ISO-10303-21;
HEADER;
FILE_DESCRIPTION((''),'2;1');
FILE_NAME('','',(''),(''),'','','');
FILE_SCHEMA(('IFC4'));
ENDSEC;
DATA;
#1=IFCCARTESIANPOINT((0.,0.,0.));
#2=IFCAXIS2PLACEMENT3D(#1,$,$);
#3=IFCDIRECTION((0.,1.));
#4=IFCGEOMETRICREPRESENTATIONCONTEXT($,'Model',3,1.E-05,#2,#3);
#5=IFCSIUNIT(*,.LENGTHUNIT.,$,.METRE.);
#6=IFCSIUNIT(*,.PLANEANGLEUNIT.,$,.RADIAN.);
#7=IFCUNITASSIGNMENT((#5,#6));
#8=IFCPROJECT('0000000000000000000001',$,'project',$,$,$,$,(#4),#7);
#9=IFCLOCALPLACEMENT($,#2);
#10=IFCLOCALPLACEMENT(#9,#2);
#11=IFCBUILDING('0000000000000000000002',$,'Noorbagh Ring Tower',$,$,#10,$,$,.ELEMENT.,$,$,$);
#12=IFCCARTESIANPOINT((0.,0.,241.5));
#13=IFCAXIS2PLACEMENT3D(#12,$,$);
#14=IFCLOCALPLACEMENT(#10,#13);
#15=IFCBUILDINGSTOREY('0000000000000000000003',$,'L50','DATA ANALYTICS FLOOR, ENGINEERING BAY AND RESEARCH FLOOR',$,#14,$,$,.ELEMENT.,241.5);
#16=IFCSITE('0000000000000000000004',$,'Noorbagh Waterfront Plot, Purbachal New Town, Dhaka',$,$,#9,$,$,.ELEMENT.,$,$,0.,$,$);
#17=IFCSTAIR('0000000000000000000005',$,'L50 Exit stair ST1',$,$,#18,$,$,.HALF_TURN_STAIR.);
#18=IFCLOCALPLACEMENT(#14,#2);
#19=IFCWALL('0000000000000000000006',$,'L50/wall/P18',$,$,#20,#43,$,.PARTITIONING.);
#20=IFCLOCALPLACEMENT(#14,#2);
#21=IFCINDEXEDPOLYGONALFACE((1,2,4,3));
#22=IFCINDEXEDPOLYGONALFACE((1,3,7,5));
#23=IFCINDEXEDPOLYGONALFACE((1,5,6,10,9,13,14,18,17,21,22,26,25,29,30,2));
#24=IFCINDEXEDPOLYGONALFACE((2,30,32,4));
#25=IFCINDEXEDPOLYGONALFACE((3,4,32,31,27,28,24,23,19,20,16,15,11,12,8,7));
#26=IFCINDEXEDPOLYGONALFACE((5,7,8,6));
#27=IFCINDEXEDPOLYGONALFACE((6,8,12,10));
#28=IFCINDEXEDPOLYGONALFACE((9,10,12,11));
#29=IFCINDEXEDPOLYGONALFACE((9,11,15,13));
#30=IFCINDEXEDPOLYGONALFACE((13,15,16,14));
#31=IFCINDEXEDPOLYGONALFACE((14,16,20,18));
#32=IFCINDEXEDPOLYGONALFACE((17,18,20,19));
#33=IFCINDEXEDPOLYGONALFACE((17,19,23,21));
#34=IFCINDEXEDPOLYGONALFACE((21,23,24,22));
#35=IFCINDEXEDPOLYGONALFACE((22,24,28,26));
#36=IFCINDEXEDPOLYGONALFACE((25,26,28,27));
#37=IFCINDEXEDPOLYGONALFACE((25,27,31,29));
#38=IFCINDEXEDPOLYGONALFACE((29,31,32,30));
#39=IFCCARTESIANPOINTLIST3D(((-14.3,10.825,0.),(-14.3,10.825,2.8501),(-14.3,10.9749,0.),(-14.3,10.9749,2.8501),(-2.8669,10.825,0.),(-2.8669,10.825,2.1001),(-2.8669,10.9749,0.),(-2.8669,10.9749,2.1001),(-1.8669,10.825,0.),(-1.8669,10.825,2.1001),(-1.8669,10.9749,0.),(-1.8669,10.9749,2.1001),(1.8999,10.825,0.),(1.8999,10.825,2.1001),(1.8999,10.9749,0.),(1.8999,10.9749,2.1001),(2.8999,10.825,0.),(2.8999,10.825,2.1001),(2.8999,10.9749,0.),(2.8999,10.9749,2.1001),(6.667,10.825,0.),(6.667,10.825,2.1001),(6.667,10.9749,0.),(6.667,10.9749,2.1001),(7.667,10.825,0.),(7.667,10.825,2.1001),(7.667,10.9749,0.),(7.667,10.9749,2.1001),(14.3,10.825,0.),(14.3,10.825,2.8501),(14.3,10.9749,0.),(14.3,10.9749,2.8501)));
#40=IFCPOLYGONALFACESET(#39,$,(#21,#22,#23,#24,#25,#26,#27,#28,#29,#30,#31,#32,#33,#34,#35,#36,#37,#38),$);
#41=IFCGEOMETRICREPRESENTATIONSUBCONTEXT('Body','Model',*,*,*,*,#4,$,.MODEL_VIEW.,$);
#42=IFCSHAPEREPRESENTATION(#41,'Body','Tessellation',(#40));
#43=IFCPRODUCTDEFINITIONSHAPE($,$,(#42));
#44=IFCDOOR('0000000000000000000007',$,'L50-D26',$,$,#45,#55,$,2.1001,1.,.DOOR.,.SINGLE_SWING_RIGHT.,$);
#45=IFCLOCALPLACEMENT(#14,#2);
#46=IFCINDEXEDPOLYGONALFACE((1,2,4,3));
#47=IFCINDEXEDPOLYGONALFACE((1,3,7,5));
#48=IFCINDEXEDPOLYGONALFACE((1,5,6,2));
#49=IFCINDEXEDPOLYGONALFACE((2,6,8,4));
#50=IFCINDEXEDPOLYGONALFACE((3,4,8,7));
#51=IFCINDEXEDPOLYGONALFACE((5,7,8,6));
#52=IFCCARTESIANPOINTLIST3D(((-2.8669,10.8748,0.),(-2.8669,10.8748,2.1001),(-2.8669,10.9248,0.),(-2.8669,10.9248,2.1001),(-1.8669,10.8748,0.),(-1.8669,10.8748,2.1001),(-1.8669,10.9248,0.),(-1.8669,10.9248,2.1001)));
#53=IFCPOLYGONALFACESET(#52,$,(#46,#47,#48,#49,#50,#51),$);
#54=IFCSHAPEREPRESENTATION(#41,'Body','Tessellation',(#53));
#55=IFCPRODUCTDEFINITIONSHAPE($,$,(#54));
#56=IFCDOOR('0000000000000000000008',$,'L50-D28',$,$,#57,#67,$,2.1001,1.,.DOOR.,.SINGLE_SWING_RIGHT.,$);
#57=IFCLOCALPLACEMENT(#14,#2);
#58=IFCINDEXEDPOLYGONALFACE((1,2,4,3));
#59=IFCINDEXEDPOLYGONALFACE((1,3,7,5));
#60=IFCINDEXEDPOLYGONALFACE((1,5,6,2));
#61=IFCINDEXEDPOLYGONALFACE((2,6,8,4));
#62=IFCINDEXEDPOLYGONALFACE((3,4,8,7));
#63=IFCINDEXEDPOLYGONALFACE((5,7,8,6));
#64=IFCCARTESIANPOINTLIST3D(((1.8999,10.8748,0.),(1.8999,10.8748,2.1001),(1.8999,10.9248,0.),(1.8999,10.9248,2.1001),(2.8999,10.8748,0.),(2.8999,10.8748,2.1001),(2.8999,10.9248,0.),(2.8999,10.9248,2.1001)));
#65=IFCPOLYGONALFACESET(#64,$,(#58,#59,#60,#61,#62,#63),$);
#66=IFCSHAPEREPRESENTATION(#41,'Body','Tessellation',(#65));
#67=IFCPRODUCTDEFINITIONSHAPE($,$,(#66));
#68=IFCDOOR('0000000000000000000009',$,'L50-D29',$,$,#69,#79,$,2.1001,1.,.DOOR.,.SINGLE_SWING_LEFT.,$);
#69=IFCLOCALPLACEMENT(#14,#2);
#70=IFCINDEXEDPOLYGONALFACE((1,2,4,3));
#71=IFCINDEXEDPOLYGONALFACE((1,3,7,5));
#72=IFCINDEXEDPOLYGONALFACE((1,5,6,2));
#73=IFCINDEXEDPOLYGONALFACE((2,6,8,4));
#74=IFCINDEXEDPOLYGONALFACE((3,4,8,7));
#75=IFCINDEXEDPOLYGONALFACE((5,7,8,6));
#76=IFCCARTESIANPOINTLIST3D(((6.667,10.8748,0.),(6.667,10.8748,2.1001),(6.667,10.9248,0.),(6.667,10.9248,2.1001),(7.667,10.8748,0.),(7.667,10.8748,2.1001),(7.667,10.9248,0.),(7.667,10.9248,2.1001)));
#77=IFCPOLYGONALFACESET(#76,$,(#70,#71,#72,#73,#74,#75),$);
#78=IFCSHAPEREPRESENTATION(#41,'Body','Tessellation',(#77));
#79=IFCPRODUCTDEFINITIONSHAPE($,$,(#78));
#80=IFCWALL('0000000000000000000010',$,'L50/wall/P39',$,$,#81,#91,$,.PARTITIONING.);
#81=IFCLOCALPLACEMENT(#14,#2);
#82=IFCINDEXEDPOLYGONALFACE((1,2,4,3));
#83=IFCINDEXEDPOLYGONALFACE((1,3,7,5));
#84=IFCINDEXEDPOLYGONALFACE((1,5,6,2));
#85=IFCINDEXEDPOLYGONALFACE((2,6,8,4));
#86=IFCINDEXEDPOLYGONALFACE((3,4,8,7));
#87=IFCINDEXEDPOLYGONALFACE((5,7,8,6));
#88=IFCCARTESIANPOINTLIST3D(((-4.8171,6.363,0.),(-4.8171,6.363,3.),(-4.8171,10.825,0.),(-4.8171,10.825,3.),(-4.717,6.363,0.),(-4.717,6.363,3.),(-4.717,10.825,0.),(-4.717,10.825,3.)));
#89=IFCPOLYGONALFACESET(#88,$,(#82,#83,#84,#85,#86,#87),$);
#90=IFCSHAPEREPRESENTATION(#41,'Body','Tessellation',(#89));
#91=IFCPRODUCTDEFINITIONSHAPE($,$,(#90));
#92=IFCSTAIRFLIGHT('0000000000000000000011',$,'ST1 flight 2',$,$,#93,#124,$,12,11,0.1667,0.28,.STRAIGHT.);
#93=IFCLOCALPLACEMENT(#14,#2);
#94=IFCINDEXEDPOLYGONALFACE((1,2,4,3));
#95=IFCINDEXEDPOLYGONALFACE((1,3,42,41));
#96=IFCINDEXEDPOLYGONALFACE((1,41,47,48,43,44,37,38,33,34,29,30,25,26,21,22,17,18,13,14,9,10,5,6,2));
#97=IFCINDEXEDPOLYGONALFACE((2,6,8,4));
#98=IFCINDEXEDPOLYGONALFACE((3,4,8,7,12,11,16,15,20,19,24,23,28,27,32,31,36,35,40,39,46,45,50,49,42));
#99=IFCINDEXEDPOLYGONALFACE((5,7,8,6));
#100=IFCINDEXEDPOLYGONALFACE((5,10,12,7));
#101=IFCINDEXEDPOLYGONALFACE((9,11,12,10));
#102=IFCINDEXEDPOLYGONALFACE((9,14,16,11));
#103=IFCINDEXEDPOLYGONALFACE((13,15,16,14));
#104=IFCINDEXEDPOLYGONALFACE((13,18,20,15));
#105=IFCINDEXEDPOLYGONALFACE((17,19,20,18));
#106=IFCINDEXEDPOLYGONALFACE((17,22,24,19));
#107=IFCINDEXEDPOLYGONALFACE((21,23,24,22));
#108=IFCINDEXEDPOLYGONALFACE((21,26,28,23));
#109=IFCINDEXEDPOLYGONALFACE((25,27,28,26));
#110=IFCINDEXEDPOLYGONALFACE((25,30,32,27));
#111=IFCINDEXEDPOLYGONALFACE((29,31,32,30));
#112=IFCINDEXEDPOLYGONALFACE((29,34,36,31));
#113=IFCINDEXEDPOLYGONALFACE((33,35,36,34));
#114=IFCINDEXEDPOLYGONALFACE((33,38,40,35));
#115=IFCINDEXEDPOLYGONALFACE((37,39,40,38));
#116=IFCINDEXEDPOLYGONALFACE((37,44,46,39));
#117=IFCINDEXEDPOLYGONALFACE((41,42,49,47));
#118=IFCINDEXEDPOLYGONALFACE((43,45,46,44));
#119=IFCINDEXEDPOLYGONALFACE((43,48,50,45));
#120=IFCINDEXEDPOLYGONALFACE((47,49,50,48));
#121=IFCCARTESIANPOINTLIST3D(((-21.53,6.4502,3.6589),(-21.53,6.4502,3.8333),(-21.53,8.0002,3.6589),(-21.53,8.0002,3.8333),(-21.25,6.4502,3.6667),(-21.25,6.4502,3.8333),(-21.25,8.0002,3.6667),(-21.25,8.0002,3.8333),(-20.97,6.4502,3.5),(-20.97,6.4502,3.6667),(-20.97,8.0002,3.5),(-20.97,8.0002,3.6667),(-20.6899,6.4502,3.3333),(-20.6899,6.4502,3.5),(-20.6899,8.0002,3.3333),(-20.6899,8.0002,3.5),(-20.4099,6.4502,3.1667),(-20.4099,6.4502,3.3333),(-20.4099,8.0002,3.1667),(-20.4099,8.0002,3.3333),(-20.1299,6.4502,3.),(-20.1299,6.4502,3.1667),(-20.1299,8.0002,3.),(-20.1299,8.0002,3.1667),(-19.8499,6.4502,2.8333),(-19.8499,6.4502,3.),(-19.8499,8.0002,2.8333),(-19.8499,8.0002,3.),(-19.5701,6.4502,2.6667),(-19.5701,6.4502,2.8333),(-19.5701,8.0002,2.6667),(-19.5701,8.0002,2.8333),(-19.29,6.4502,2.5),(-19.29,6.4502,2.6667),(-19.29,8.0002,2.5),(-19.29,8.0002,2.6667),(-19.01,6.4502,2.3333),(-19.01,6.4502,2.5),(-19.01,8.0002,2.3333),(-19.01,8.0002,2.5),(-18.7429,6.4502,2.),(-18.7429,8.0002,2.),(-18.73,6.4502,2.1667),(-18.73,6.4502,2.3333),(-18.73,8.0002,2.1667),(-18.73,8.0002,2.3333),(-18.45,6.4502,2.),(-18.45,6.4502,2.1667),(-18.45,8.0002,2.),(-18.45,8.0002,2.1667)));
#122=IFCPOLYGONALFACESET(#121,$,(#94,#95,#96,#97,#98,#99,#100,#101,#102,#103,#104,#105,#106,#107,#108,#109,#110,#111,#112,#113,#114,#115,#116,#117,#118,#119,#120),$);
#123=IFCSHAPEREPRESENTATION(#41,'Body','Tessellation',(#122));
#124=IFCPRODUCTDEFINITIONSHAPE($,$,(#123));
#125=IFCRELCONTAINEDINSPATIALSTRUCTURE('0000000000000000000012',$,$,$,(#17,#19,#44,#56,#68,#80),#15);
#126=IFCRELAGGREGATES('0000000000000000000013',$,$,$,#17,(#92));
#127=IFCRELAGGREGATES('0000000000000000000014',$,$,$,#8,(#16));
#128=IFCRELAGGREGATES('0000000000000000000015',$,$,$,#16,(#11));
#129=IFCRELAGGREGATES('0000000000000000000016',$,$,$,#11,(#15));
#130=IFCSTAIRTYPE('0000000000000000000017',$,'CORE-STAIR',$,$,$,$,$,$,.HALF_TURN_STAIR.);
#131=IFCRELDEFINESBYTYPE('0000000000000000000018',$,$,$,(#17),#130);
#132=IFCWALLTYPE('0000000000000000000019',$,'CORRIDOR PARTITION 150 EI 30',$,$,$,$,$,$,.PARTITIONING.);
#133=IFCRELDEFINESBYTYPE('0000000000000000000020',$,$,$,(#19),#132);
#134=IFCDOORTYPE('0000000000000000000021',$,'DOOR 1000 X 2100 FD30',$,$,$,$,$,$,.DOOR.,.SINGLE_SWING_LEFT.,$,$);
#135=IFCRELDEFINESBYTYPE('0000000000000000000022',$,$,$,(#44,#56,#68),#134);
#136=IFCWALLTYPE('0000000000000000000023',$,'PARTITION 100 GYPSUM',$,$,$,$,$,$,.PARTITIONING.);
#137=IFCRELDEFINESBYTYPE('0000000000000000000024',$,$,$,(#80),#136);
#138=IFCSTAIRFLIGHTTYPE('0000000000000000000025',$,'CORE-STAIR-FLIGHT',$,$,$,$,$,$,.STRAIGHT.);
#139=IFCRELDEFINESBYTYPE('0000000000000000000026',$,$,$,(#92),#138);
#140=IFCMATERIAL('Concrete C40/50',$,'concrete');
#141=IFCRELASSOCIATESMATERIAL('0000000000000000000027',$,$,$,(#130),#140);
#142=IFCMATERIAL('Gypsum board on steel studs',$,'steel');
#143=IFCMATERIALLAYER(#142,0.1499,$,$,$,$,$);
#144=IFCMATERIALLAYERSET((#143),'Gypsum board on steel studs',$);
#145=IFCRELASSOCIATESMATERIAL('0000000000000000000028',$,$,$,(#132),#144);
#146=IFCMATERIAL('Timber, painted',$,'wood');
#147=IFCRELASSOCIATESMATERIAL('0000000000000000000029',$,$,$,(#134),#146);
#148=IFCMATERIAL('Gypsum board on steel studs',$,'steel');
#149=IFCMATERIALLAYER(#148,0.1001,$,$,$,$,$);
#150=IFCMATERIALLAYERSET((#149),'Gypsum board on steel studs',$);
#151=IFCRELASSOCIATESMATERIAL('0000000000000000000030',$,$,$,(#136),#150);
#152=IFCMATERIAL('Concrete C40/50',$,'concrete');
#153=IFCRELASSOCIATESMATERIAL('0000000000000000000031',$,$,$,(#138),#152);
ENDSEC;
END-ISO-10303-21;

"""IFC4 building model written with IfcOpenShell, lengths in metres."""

from ifc_helpers import new_model, si_unit, direction, frame, frame_2d, origin, place, context, subcontext, project, spatial, polyline, rectangle, outline, extrude, material, layer, layer_set, type_object, element, fill, aggregate, save


model = new_model("IFC4")

# Units and contexts
model_context = context("Model", 3, precision=1e-05, world=origin(), true_north=direction((0.0, 1.0)))
body_context = subcontext(model_context, "Body", "Model", "MODEL_VIEW")
ifc_project = project(units=[si_unit("LENGTHUNIT", "METRE"), si_unit("PLANEANGLEUNIT", "RADIAN")], contexts=[model_context])

# Site, building, storey
site_placement = place(None, origin())
site = spatial("IfcSite", under=ifc_project, at=site_placement, Name="Noorbagh Waterfront Plot, Purbachal New Town, Dhaka", CompositionType="ELEMENT", RefElevation=0.0)
building_placement = place(site_placement, origin())
building = spatial("IfcBuilding", under=site, at=building_placement, Name="Noorbagh Ring Tower", CompositionType="ELEMENT")
storey_placement = place(building_placement, frame((0.0, 0.0, 241.5)))
storey = spatial("IfcBuildingStorey", under=building, at=storey_placement, Name="L50", Description="DATA ANALYTICS FLOOR, ENGINEERING BAY AND RESEARCH FLOOR", CompositionType="ELEMENT", Elevation=241.5)

# Stair
ifc_material_1 = material(Name="Concrete C40/50", Category="concrete")
stair_type = type_object("IfcStairType", Name="CORE-STAIR", PredefinedType="HALF_TURN_STAIR", material=ifc_material_1)
stair_placement = place(storey_placement, origin())
stair = element("IfcStair", 1, at=stair_placement, inside=storey, type_object=stair_type, Name="L50 Exit stair ST1", PredefinedType="HALF_TURN_STAIR")

# Wall, openings, doors
ifc_material_2 = material(Name="Gypsum board on steel studs", Category="steel")
ifc_layer_1 = layer(ifc_material_2, 0.1499)
ifc_layer_set_1 = layer_set([ifc_layer_1], Name="Gypsum board on steel studs")
wall_type_1 = type_object("IfcWallType", Name="CORRIDOR PARTITION 150 EI 30", PredefinedType="PARTITIONING", material=ifc_layer_set_1)
wall_1_placement = place(storey_placement, frame((-14.3, 10.8999, 0.0), z_axis=(0.0, 0.0, 1.0), x_axis=(1.0, 0.0, 0.0)))
wall_1 = element("IfcWall", 2, at=wall_1_placement, inside=storey, type_object=wall_type_1, Name="L50/wall/P18", PredefinedType="PARTITIONING", context=body_context, shape_type="SweptSolid", body=[
    extrude(rectangle(XDim=28.6001, YDim=0.1499, at=frame_2d((14.3, 0.0))), origin(), (0.0, 0.0, 1.0), 2.8501),
])
opening_1_placement = place(wall_1_placement, frame((11.4331, 0.0, 0.0)))
opening_1 = element("IfcOpeningElement", 3, at=opening_1_placement, cuts=wall_1, PredefinedType="OPENING", context=body_context, shape_type="SweptSolid", body=[
    extrude(rectangle(XDim=1.0, YDim=2.1001, at=frame_2d((0.5, 1.05))), frame((0.0, 0.085, 0.0), z_axis=(0.0, -1.0, 0.0), x_axis=(1.0, 0.0, 0.0)), (0.0, 0.0, 1.0), 0.1699),
])
opening_2_placement = place(wall_1_placement, frame((16.2, 0.0, 0.0)))
opening_2 = element("IfcOpeningElement", 4, at=opening_2_placement, cuts=wall_1, PredefinedType="OPENING", context=body_context, shape_type="SweptSolid", body=[
    extrude(rectangle(XDim=1.0, YDim=2.1001, at=frame_2d((0.5, 1.05))), frame((0.0, 0.085, 0.0), z_axis=(0.0, -1.0, 0.0), x_axis=(1.0, 0.0, 0.0)), (0.0, 0.0, 1.0), 0.1699),
])
opening_3_placement = place(wall_1_placement, frame((20.967, 0.0, 0.0)))
opening_3 = element("IfcOpeningElement", 5, at=opening_3_placement, cuts=wall_1, PredefinedType="OPENING", context=body_context, shape_type="SweptSolid", body=[
    extrude(rectangle(XDim=1.0, YDim=2.1001, at=frame_2d((0.5, 1.05))), frame((0.0, 0.085, 0.0), z_axis=(0.0, -1.0, 0.0), x_axis=(1.0, 0.0, 0.0)), (0.0, 0.0, 1.0), 0.1699),
])
ifc_material_3 = material(Name="Timber, painted", Category="wood")
door_type_1 = type_object("IfcDoorType", Name="DOOR 1000 X 2100 FD30", OperationType="SINGLE_SWING_LEFT", PredefinedType="DOOR", material=ifc_material_3)
door_1_placement = place(opening_1_placement, origin())
door_1 = element("IfcDoor", 6, at=door_1_placement, inside=storey, type_object=door_type_1, Name="L50-D26", OperationType="SINGLE_SWING_RIGHT", OverallHeight=2.1001, OverallWidth=1.0, PredefinedType="DOOR", context=body_context, shape_type="SweptSolid", body=[
    extrude(rectangle(XDim=1.0, YDim=2.1001, at=frame_2d((0.5, 1.05))), frame((0.0, 0.0249, 0.0), z_axis=(0.0, -1.0, 0.0), x_axis=(1.0, 0.0, 0.0)), (0.0, 0.0, 1.0), 0.05),
])
fill(opening_1, door_1)
door_2_placement = place(opening_2_placement, origin())
door_2 = element("IfcDoor", 7, at=door_2_placement, inside=storey, type_object=door_type_1, Name="L50-D28", OperationType="SINGLE_SWING_RIGHT", OverallHeight=2.1001, OverallWidth=1.0, PredefinedType="DOOR", context=body_context, shape_type="SweptSolid", body=[
    extrude(rectangle(XDim=1.0, YDim=2.1001, at=frame_2d((0.5, 1.05))), frame((0.0, 0.0249, 0.0), z_axis=(0.0, -1.0, 0.0), x_axis=(1.0, 0.0, 0.0)), (0.0, 0.0, 1.0), 0.05),
])
fill(opening_2, door_2)
door_3_placement = place(opening_3_placement, origin())
door_3 = element("IfcDoor", 8, at=door_3_placement, inside=storey, type_object=door_type_1, Name="L50-D29", OperationType="SINGLE_SWING_LEFT", OverallHeight=2.1001, OverallWidth=1.0, PredefinedType="DOOR", context=body_context, shape_type="SweptSolid", body=[
    extrude(rectangle(XDim=1.0, YDim=2.1001, at=frame_2d((0.5, 1.05))), frame((0.0, 0.0249, 0.0), z_axis=(0.0, -1.0, 0.0), x_axis=(1.0, 0.0, 0.0)), (0.0, 0.0, 1.0), 0.05),
])
fill(opening_3, door_3)

# Wall
ifc_material_4 = material(Name="Gypsum board on steel studs", Category="steel")
ifc_layer_2 = layer(ifc_material_4, 0.1001)
ifc_layer_set_2 = layer_set([ifc_layer_2], Name="Gypsum board on steel studs")
wall_type_2 = type_object("IfcWallType", Name="PARTITION 100 GYPSUM", PredefinedType="PARTITIONING", material=ifc_layer_set_2)
wall_2_placement = place(storey_placement, frame((-4.7671, 6.363, 0.0), z_axis=(0.0, 0.0, 1.0), x_axis=(0.0, 1.0, 0.0)))
element("IfcWall", 9, at=wall_2_placement, inside=storey, type_object=wall_type_2, Name="L50/wall/P39", PredefinedType="PARTITIONING", context=body_context, shape_type="SweptSolid", body=[
    extrude(rectangle(XDim=4.4619, YDim=0.1001, at=frame_2d((2.231, 0.0))), origin(), (0.0, 0.0, 1.0), 3.0),
])

# Stair flight
ifc_material_5 = material(Name="Concrete C40/50", Category="concrete")
stair_flight_type = type_object("IfcStairFlightType", Name="CORE-STAIR-FLIGHT", PredefinedType="STRAIGHT", material=ifc_material_5)
stair_flight_placement = place(storey_placement, frame((-18.45, 7.2251, 2.0), z_axis=(0.0, 0.0, 1.0), x_axis=(-1.0, 0.0, 0.0)))
stair_flight = element("IfcStairFlight", 10, at=stair_flight_placement, type_object=stair_flight_type, Name="ST1 flight 2", NumberOfRisers=12, NumberOfTreads=11, PredefinedType="STRAIGHT", RiserHeight=0.1667, TreadLength=0.28, context=body_context, shape_type="SweptSolid", body=[
    extrude(outline(polyline([(0.0, 0.0), (0.0, 0.1667), (0.28, 0.1667), (0.28, 0.3333), (0.5601, 0.3333), (0.5601, 0.5), (0.8401, 0.5), (0.8401, 0.6667), (1.1201, 0.6667), (1.1201, 0.8333), (1.3999, 0.8333), (1.3999, 1.0), (1.6799, 1.0), (1.6799, 1.1667), (1.96, 1.1667), (1.96, 1.3333), (2.24, 1.3333), (2.24, 1.5), (2.52, 1.5), (2.52, 1.6667), (2.8, 1.6667), (2.8, 1.8333), (3.0801, 1.8333), (3.0801, 2.0), (3.0801, 1.6589), (0.293, 0.0), (0.0, 0.0)])), frame((0.0, 0.7749, 0.0), z_axis=(0.0, -1.0, 0.0), x_axis=(1.0, 0.0, 0.0)), (0.0, 0.0, 1.0), 1.55),
])
aggregate(stair, [stair_flight])

save(model, "model.ifc")
